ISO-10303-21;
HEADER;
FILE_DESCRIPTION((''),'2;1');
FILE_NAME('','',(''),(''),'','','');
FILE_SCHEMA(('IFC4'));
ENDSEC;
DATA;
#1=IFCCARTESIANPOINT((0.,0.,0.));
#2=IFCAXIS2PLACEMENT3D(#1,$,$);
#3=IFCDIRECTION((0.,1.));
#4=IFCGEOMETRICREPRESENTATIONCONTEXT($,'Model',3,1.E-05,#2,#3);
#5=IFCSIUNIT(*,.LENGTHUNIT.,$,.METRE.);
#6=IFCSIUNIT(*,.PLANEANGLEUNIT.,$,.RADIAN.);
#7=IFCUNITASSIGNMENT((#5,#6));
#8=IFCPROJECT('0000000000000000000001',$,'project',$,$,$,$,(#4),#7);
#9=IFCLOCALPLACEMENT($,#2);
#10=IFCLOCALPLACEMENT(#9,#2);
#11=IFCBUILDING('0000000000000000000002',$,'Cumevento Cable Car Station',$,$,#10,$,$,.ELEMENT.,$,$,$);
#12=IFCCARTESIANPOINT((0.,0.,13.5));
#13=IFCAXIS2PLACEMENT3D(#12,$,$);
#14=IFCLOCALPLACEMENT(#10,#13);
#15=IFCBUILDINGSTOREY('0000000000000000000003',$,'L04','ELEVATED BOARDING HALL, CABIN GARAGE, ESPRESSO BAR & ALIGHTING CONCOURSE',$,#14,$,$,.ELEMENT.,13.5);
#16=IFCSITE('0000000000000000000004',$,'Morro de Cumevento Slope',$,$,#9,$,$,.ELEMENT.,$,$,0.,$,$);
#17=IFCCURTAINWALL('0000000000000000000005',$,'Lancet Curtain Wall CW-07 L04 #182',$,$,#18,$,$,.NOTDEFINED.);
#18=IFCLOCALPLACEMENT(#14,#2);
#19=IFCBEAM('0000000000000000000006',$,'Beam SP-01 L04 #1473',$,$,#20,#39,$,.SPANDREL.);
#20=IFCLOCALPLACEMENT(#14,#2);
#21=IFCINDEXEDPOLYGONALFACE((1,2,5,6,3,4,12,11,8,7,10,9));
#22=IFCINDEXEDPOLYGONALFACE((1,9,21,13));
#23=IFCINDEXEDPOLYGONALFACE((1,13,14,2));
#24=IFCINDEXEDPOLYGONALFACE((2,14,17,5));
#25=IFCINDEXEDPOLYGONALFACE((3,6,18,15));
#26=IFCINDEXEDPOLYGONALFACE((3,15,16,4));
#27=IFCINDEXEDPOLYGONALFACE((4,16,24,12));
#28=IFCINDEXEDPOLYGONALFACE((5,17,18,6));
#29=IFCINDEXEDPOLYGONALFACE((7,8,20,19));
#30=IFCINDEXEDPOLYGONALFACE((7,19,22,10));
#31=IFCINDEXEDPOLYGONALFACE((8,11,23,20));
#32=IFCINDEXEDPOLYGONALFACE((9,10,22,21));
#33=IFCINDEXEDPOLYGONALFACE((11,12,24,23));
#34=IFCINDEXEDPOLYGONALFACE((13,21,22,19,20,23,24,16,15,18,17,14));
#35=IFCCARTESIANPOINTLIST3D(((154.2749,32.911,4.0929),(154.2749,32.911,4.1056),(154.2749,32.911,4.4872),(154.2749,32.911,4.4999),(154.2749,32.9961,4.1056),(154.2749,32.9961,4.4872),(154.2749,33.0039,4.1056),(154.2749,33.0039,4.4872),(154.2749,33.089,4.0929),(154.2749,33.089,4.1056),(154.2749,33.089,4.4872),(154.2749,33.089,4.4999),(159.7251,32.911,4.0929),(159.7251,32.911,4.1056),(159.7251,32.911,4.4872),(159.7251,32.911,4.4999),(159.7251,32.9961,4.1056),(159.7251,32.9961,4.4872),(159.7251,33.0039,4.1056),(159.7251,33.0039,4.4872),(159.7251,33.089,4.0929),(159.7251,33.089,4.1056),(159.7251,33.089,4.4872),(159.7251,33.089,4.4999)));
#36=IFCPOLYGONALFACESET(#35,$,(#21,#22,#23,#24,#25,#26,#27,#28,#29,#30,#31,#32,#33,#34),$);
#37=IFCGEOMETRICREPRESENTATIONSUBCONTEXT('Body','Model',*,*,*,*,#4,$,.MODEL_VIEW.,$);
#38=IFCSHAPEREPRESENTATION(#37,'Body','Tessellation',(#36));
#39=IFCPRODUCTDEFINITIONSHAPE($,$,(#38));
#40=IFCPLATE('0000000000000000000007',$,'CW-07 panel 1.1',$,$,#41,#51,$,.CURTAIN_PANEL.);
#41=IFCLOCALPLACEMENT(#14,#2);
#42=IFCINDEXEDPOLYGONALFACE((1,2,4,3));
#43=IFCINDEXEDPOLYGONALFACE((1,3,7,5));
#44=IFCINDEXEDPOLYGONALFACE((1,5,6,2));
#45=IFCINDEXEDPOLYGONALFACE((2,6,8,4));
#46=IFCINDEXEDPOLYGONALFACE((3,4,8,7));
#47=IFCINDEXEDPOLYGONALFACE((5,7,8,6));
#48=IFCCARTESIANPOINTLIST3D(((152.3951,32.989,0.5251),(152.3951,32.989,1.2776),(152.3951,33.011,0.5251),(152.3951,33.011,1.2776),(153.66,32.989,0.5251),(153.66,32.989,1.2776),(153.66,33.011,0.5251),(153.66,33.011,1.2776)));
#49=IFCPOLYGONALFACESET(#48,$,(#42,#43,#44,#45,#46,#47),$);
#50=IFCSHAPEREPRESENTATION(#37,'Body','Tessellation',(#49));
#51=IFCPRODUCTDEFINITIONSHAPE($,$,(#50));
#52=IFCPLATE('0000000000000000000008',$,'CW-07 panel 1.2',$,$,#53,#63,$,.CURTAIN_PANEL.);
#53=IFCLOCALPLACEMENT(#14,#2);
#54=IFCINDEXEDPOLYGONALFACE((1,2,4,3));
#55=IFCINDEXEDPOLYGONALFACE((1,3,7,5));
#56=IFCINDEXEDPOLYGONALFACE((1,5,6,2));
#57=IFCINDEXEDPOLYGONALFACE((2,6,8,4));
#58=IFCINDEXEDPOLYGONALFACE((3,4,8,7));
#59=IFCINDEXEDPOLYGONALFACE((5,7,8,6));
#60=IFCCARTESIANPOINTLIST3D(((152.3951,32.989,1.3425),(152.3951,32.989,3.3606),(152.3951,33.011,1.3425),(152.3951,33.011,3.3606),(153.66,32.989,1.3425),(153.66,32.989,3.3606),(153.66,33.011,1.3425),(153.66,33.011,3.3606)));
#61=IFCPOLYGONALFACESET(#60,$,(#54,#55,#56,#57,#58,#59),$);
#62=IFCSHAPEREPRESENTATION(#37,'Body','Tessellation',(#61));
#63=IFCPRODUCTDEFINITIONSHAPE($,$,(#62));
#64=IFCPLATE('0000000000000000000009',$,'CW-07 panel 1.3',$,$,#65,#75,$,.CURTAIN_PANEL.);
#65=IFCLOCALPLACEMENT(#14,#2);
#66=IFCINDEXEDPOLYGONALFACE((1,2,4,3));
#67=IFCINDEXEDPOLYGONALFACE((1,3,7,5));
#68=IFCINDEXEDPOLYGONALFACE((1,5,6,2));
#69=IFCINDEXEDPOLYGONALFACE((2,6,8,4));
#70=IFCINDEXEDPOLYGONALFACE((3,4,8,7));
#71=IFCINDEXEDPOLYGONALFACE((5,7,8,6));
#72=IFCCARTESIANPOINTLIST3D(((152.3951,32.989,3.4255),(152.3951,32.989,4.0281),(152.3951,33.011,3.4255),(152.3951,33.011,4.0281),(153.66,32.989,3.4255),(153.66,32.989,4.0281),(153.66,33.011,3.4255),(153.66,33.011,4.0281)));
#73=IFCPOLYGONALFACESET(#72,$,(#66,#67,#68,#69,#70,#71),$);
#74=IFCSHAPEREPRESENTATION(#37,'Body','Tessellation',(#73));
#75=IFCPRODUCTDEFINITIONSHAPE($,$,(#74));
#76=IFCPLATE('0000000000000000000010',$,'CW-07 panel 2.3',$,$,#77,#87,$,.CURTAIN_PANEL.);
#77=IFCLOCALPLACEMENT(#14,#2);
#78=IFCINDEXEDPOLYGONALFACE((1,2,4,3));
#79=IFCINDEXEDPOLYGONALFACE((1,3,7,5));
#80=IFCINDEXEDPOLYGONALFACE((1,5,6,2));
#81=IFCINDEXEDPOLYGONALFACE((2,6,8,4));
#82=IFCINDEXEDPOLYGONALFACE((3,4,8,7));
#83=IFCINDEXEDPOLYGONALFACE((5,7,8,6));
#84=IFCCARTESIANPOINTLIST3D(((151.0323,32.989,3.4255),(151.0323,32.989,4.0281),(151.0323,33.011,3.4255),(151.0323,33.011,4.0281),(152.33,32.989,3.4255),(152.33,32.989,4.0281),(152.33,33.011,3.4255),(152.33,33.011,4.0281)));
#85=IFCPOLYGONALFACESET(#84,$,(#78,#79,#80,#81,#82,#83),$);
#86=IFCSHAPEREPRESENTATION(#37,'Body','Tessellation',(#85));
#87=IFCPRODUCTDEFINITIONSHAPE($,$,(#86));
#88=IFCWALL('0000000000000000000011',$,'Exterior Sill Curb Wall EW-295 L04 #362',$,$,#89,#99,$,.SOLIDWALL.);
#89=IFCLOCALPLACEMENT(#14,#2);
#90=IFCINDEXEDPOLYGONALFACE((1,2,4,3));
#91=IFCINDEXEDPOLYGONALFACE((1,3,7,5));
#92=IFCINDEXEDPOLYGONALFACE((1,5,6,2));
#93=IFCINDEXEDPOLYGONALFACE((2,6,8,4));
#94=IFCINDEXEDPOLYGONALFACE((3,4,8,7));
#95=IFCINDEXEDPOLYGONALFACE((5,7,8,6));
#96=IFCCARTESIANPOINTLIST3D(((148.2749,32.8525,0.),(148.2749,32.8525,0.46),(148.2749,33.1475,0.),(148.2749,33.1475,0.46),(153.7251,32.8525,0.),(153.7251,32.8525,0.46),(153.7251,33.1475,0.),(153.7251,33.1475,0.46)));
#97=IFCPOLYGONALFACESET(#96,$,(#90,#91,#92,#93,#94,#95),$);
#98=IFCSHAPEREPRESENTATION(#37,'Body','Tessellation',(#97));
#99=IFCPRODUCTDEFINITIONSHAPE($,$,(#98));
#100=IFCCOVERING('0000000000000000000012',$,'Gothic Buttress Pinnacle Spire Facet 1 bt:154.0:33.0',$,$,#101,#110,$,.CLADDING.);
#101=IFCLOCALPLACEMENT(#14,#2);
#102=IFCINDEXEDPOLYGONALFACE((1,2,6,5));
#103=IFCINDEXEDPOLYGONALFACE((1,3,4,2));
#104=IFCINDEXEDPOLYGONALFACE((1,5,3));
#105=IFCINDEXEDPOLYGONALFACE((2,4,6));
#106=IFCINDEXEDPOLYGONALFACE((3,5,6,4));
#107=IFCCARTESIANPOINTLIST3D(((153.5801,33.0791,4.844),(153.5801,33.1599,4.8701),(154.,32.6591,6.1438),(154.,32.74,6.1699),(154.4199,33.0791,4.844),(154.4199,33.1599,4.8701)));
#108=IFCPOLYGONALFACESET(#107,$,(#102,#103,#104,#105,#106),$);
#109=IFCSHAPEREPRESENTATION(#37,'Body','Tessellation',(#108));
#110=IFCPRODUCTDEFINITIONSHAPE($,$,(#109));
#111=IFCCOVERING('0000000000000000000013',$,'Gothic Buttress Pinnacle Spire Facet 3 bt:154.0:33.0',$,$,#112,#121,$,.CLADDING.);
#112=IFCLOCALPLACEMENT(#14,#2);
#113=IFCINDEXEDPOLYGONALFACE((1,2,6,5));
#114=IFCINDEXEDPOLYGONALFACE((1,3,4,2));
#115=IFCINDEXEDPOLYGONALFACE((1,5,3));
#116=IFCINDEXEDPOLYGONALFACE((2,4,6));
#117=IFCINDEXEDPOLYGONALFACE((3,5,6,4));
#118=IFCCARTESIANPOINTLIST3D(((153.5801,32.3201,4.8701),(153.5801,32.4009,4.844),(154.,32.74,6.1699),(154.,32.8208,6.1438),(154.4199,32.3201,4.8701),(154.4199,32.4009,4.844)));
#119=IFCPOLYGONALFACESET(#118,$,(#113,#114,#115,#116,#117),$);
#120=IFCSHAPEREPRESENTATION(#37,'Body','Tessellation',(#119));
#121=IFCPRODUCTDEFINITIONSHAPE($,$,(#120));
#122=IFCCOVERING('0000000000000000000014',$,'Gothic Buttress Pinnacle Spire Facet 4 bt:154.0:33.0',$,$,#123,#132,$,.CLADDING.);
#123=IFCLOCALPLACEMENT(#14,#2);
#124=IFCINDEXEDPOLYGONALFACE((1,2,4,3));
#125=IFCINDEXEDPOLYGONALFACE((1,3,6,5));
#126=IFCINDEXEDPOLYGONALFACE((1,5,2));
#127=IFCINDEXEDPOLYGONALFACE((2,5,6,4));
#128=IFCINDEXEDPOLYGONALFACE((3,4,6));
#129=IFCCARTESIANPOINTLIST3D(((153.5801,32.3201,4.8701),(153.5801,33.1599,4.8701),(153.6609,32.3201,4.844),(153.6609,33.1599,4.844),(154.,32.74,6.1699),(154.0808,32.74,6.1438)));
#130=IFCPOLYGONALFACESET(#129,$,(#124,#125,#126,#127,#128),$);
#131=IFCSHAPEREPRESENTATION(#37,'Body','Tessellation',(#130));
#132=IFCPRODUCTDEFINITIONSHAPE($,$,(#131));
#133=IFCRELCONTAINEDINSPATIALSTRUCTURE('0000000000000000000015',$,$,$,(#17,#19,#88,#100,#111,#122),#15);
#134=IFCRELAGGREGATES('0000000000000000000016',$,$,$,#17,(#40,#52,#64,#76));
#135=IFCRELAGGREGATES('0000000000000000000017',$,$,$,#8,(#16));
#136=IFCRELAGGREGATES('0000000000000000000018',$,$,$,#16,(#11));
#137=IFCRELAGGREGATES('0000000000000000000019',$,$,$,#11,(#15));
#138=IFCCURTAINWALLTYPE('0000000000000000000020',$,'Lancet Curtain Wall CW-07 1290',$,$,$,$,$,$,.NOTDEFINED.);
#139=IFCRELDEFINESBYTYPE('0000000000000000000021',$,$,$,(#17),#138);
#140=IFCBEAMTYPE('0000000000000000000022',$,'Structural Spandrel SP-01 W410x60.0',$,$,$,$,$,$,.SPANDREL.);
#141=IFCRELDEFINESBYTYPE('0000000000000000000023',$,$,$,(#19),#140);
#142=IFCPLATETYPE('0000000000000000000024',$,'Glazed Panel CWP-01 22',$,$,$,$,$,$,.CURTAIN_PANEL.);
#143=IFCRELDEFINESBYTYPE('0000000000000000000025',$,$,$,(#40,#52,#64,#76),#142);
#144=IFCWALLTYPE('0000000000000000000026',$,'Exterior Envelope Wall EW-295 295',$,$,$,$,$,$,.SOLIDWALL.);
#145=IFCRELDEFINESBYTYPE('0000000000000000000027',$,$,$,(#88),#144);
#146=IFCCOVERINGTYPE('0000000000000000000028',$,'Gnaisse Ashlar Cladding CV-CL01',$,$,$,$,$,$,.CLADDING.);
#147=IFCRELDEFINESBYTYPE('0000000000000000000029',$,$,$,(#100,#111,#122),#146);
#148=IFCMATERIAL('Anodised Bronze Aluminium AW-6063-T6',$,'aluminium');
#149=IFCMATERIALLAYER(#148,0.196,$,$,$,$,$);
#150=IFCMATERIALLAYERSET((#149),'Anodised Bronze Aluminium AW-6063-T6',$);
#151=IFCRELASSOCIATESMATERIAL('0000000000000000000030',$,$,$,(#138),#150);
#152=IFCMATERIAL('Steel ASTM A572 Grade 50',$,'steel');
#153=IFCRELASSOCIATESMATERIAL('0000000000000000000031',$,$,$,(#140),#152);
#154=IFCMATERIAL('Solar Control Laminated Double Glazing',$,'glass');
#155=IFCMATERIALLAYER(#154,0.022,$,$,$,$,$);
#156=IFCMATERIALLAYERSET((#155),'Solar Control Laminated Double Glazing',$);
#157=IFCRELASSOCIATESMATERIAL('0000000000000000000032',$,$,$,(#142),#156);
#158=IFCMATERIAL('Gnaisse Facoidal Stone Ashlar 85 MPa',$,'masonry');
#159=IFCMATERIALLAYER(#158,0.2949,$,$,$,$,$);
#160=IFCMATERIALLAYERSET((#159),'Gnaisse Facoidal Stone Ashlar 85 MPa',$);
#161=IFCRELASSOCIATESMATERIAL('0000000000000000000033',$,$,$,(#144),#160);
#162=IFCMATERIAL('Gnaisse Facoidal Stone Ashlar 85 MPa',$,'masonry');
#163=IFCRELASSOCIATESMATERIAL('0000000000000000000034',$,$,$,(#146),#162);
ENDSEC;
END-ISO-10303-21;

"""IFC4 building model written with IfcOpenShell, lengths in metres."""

from ifc_helpers import new_model, si_unit, direction, frame, frame_2d, origin, origin_2d, place, context, subcontext, project, spatial, polyline, rectangle, i_section, outline, extrude, material, layer, layer_set, material_profile, profile_set, type_object, element, aggregate, save


model = new_model("IFC4")

# Units and contexts
model_context = context("Model", 3, precision=1e-05, world=origin(), true_north=direction((0.0, 1.0)))
body_context = subcontext(model_context, "Body", "Model", "MODEL_VIEW")
ifc_project = project(units=[si_unit("LENGTHUNIT", "METRE"), si_unit("PLANEANGLEUNIT", "RADIAN")], contexts=[model_context])

# Site, building, storey
site_placement = place(None, origin())
site = spatial("IfcSite", under=ifc_project, at=site_placement, Name="Morro de Cumevento Slope", CompositionType="ELEMENT", RefElevation=0.0)
building_placement = place(site_placement, origin())
building = spatial("IfcBuilding", under=site, at=building_placement, Name="Cumevento Cable Car Station", CompositionType="ELEMENT")
storey_placement = place(building_placement, frame((0.0, 0.0, 13.5)))
storey = spatial("IfcBuildingStorey", under=building, at=storey_placement, Name="L04", Description="ELEVATED BOARDING HALL, CABIN GARAGE, ESPRESSO BAR & ALIGHTING CONCOURSE", CompositionType="ELEMENT", Elevation=13.5)

# Curtain wall
ifc_material_1 = material(Name="Anodised Bronze Aluminium AW-6063-T6", Category="aluminium")
ifc_layer_1 = layer(ifc_material_1, 0.196)
ifc_layer_set_1 = layer_set([ifc_layer_1], Name="Anodised Bronze Aluminium AW-6063-T6")
curtain_wall_type = type_object("IfcCurtainWallType", Name="Lancet Curtain Wall CW-07 1290", PredefinedType="NOTDEFINED", material=ifc_layer_set_1)
curtain_wall_placement = place(storey_placement, origin())
curtain_wall = element("IfcCurtainWall", 1, at=curtain_wall_placement, inside=storey, type_object=curtain_wall_type, Name="Lancet Curtain Wall CW-07 L04 #182", PredefinedType="NOTDEFINED")

# Beam
ifc_material_2 = material(Name="Steel ASTM A572 Grade 50", Category="steel")
ifc_material_profile_1 = material_profile(ifc_material_2, i_section(OverallWidth=0.178, OverallDepth=0.407, WebThickness=0.0078, FlangeThickness=0.0127, at=origin_2d()), Name="W410x60.0")
ifc_profile_set_1 = profile_set([ifc_material_profile_1], Name="Steel ASTM A572 Grade 50")
beam_type = type_object("IfcBeamType", Name="Structural Spandrel SP-01 W410x60.0", PredefinedType="SPANDREL", material=ifc_profile_set_1)
beam_placement = place(storey_placement, frame((154.2749, 33.0, 4.2964), z_axis=(1.0, 0.0, 0.0), x_axis=(0.0, 1.0, 0.0)))
element("IfcBeam", 2, at=beam_placement, inside=storey, type_object=beam_type, Name="Beam SP-01 L04 #1473", PredefinedType="SPANDREL", context=body_context, shape_type="SweptSolid", body=[
    extrude(i_section(OverallWidth=0.178, OverallDepth=0.407, WebThickness=0.0078, FlangeThickness=0.0127, at=origin_2d()), origin(), (0.0, 0.0, 1.0), 5.4502),
])

# Plates
ifc_material_3 = material(Name="Solar Control Laminated Double Glazing", Category="glass")
ifc_layer_2 = layer(ifc_material_3, 0.022)
ifc_layer_set_2 = layer_set([ifc_layer_2], Name="Solar Control Laminated Double Glazing")
plate_type = type_object("IfcPlateType", Name="Glazed Panel CWP-01 22", PredefinedType="CURTAIN_PANEL", material=ifc_layer_set_2)
plate_1_placement = place(storey_placement, frame((153.0276, 33.0, 0.5251), z_axis=(0.0, 0.0, 1.0), x_axis=(-1.0, 0.0, 0.0)))
plate_1 = element("IfcPlate", 3, at=plate_1_placement, type_object=plate_type, Name="CW-07 panel 1.1", PredefinedType="CURTAIN_PANEL", context=body_context, shape_type="SweptSolid", body=[
    extrude(rectangle(XDim=1.2649, YDim=0.022, at=origin_2d()), origin(), (0.0, 0.0, 1.0), 0.7524),
])
plate_2_placement = place(storey_placement, frame((153.0276, 33.0, 1.3425), z_axis=(0.0, 0.0, 1.0), x_axis=(-1.0, 0.0, 0.0)))
plate_2 = element("IfcPlate", 4, at=plate_2_placement, type_object=plate_type, Name="CW-07 panel 1.2", PredefinedType="CURTAIN_PANEL", context=body_context, shape_type="SweptSolid", body=[
    extrude(rectangle(XDim=1.2649, YDim=0.022, at=origin_2d()), origin(), (0.0, 0.0, 1.0), 2.0181),
])
plate_3_placement = place(storey_placement, frame((153.0276, 33.0, 3.4255), z_axis=(0.0, 0.0, 1.0), x_axis=(-1.0, 0.0, 0.0)))
plate_3 = element("IfcPlate", 5, at=plate_3_placement, type_object=plate_type, Name="CW-07 panel 1.3", PredefinedType="CURTAIN_PANEL", context=body_context, shape_type="SweptSolid", body=[
    extrude(rectangle(XDim=1.2649, YDim=0.022, at=origin_2d()), origin(), (0.0, 0.0, 1.0), 0.6025),
])
plate_4_placement = place(storey_placement, frame((151.6812, 33.0, 3.4255), z_axis=(0.0, 0.0, 1.0), x_axis=(-1.0, 0.0, 0.0)))
plate_4 = element("IfcPlate", 6, at=plate_4_placement, type_object=plate_type, Name="CW-07 panel 2.3", PredefinedType="CURTAIN_PANEL", context=body_context, shape_type="SweptSolid", body=[
    extrude(rectangle(XDim=1.2976, YDim=0.022, at=origin_2d()), origin(), (0.0, 0.0, 1.0), 0.6025),
])
aggregate(curtain_wall, [plate_1, plate_2, plate_3, plate_4])

# Wall
ifc_material_4 = material(Name="Gnaisse Facoidal Stone Ashlar 85 MPa", Category="masonry")
ifc_layer_3 = layer(ifc_material_4, 0.2949)
ifc_layer_set_3 = layer_set([ifc_layer_3], Name="Gnaisse Facoidal Stone Ashlar 85 MPa")
wall_type = type_object("IfcWallType", Name="Exterior Envelope Wall EW-295 295", PredefinedType="SOLIDWALL", material=ifc_layer_set_3)
wall_placement = place(storey_placement, frame((153.7251, 33.0, 0.0), z_axis=(0.0, 0.0, 1.0), x_axis=(-1.0, 0.0, 0.0)))
element("IfcWall", 7, at=wall_placement, inside=storey, type_object=wall_type, Name="Exterior Sill Curb Wall EW-295 L04 #362", PredefinedType="SOLIDWALL", context=body_context, shape_type="SweptSolid", body=[
    extrude(rectangle(XDim=5.4502, YDim=0.2949, at=frame_2d((2.7251, 0.0))), origin(), (0.0, 0.0, 1.0), 0.46),
])

# Coverings
ifc_material_5 = material(Name="Gnaisse Facoidal Stone Ashlar 85 MPa", Category="masonry")
covering_type = type_object("IfcCoveringType", Name="Gnaisse Ashlar Cladding CV-CL01", PredefinedType="CLADDING", material=ifc_material_5)
for number, where, z_axis, x_axis, name in (
    (8, (153.5801, 33.1599, 4.8701), (0.0, 0.951574, 0.307421), (1.0, 0.0, 0.0), "Gothic Buttress Pinnacle Spire Facet 1 bt:154.0:33.0"),
    (9, (154.4199, 32.3201, 4.8701), (0.0, -0.951574, 0.307421), (-1.0, 0.0, 0.0), "Gothic Buttress Pinnacle Spire Facet 3 bt:154.0:33.0"),
    (10, (153.5801, 32.3201, 4.8701), (-0.951574, 0.0, 0.307421), (0.0, 1.0, 0.0), "Gothic Buttress Pinnacle Spire Facet 4 bt:154.0:33.0"),
):
    element("IfcCovering", number, at=place(storey_placement, frame(where, z_axis=z_axis, x_axis=x_axis)), inside=storey, type_object=covering_type, Name=name, PredefinedType="CLADDING", context=body_context, shape_type="SweptSolid", body=[
        extrude(outline(polyline([(0.0, 0.0), (0.8398, 0.0), (0.4199, -1.366), (0.0, 0.0)])), origin(), (0.0, 0.0, -1.0), 0.085),
    ])

save(model, "model.ifc")
